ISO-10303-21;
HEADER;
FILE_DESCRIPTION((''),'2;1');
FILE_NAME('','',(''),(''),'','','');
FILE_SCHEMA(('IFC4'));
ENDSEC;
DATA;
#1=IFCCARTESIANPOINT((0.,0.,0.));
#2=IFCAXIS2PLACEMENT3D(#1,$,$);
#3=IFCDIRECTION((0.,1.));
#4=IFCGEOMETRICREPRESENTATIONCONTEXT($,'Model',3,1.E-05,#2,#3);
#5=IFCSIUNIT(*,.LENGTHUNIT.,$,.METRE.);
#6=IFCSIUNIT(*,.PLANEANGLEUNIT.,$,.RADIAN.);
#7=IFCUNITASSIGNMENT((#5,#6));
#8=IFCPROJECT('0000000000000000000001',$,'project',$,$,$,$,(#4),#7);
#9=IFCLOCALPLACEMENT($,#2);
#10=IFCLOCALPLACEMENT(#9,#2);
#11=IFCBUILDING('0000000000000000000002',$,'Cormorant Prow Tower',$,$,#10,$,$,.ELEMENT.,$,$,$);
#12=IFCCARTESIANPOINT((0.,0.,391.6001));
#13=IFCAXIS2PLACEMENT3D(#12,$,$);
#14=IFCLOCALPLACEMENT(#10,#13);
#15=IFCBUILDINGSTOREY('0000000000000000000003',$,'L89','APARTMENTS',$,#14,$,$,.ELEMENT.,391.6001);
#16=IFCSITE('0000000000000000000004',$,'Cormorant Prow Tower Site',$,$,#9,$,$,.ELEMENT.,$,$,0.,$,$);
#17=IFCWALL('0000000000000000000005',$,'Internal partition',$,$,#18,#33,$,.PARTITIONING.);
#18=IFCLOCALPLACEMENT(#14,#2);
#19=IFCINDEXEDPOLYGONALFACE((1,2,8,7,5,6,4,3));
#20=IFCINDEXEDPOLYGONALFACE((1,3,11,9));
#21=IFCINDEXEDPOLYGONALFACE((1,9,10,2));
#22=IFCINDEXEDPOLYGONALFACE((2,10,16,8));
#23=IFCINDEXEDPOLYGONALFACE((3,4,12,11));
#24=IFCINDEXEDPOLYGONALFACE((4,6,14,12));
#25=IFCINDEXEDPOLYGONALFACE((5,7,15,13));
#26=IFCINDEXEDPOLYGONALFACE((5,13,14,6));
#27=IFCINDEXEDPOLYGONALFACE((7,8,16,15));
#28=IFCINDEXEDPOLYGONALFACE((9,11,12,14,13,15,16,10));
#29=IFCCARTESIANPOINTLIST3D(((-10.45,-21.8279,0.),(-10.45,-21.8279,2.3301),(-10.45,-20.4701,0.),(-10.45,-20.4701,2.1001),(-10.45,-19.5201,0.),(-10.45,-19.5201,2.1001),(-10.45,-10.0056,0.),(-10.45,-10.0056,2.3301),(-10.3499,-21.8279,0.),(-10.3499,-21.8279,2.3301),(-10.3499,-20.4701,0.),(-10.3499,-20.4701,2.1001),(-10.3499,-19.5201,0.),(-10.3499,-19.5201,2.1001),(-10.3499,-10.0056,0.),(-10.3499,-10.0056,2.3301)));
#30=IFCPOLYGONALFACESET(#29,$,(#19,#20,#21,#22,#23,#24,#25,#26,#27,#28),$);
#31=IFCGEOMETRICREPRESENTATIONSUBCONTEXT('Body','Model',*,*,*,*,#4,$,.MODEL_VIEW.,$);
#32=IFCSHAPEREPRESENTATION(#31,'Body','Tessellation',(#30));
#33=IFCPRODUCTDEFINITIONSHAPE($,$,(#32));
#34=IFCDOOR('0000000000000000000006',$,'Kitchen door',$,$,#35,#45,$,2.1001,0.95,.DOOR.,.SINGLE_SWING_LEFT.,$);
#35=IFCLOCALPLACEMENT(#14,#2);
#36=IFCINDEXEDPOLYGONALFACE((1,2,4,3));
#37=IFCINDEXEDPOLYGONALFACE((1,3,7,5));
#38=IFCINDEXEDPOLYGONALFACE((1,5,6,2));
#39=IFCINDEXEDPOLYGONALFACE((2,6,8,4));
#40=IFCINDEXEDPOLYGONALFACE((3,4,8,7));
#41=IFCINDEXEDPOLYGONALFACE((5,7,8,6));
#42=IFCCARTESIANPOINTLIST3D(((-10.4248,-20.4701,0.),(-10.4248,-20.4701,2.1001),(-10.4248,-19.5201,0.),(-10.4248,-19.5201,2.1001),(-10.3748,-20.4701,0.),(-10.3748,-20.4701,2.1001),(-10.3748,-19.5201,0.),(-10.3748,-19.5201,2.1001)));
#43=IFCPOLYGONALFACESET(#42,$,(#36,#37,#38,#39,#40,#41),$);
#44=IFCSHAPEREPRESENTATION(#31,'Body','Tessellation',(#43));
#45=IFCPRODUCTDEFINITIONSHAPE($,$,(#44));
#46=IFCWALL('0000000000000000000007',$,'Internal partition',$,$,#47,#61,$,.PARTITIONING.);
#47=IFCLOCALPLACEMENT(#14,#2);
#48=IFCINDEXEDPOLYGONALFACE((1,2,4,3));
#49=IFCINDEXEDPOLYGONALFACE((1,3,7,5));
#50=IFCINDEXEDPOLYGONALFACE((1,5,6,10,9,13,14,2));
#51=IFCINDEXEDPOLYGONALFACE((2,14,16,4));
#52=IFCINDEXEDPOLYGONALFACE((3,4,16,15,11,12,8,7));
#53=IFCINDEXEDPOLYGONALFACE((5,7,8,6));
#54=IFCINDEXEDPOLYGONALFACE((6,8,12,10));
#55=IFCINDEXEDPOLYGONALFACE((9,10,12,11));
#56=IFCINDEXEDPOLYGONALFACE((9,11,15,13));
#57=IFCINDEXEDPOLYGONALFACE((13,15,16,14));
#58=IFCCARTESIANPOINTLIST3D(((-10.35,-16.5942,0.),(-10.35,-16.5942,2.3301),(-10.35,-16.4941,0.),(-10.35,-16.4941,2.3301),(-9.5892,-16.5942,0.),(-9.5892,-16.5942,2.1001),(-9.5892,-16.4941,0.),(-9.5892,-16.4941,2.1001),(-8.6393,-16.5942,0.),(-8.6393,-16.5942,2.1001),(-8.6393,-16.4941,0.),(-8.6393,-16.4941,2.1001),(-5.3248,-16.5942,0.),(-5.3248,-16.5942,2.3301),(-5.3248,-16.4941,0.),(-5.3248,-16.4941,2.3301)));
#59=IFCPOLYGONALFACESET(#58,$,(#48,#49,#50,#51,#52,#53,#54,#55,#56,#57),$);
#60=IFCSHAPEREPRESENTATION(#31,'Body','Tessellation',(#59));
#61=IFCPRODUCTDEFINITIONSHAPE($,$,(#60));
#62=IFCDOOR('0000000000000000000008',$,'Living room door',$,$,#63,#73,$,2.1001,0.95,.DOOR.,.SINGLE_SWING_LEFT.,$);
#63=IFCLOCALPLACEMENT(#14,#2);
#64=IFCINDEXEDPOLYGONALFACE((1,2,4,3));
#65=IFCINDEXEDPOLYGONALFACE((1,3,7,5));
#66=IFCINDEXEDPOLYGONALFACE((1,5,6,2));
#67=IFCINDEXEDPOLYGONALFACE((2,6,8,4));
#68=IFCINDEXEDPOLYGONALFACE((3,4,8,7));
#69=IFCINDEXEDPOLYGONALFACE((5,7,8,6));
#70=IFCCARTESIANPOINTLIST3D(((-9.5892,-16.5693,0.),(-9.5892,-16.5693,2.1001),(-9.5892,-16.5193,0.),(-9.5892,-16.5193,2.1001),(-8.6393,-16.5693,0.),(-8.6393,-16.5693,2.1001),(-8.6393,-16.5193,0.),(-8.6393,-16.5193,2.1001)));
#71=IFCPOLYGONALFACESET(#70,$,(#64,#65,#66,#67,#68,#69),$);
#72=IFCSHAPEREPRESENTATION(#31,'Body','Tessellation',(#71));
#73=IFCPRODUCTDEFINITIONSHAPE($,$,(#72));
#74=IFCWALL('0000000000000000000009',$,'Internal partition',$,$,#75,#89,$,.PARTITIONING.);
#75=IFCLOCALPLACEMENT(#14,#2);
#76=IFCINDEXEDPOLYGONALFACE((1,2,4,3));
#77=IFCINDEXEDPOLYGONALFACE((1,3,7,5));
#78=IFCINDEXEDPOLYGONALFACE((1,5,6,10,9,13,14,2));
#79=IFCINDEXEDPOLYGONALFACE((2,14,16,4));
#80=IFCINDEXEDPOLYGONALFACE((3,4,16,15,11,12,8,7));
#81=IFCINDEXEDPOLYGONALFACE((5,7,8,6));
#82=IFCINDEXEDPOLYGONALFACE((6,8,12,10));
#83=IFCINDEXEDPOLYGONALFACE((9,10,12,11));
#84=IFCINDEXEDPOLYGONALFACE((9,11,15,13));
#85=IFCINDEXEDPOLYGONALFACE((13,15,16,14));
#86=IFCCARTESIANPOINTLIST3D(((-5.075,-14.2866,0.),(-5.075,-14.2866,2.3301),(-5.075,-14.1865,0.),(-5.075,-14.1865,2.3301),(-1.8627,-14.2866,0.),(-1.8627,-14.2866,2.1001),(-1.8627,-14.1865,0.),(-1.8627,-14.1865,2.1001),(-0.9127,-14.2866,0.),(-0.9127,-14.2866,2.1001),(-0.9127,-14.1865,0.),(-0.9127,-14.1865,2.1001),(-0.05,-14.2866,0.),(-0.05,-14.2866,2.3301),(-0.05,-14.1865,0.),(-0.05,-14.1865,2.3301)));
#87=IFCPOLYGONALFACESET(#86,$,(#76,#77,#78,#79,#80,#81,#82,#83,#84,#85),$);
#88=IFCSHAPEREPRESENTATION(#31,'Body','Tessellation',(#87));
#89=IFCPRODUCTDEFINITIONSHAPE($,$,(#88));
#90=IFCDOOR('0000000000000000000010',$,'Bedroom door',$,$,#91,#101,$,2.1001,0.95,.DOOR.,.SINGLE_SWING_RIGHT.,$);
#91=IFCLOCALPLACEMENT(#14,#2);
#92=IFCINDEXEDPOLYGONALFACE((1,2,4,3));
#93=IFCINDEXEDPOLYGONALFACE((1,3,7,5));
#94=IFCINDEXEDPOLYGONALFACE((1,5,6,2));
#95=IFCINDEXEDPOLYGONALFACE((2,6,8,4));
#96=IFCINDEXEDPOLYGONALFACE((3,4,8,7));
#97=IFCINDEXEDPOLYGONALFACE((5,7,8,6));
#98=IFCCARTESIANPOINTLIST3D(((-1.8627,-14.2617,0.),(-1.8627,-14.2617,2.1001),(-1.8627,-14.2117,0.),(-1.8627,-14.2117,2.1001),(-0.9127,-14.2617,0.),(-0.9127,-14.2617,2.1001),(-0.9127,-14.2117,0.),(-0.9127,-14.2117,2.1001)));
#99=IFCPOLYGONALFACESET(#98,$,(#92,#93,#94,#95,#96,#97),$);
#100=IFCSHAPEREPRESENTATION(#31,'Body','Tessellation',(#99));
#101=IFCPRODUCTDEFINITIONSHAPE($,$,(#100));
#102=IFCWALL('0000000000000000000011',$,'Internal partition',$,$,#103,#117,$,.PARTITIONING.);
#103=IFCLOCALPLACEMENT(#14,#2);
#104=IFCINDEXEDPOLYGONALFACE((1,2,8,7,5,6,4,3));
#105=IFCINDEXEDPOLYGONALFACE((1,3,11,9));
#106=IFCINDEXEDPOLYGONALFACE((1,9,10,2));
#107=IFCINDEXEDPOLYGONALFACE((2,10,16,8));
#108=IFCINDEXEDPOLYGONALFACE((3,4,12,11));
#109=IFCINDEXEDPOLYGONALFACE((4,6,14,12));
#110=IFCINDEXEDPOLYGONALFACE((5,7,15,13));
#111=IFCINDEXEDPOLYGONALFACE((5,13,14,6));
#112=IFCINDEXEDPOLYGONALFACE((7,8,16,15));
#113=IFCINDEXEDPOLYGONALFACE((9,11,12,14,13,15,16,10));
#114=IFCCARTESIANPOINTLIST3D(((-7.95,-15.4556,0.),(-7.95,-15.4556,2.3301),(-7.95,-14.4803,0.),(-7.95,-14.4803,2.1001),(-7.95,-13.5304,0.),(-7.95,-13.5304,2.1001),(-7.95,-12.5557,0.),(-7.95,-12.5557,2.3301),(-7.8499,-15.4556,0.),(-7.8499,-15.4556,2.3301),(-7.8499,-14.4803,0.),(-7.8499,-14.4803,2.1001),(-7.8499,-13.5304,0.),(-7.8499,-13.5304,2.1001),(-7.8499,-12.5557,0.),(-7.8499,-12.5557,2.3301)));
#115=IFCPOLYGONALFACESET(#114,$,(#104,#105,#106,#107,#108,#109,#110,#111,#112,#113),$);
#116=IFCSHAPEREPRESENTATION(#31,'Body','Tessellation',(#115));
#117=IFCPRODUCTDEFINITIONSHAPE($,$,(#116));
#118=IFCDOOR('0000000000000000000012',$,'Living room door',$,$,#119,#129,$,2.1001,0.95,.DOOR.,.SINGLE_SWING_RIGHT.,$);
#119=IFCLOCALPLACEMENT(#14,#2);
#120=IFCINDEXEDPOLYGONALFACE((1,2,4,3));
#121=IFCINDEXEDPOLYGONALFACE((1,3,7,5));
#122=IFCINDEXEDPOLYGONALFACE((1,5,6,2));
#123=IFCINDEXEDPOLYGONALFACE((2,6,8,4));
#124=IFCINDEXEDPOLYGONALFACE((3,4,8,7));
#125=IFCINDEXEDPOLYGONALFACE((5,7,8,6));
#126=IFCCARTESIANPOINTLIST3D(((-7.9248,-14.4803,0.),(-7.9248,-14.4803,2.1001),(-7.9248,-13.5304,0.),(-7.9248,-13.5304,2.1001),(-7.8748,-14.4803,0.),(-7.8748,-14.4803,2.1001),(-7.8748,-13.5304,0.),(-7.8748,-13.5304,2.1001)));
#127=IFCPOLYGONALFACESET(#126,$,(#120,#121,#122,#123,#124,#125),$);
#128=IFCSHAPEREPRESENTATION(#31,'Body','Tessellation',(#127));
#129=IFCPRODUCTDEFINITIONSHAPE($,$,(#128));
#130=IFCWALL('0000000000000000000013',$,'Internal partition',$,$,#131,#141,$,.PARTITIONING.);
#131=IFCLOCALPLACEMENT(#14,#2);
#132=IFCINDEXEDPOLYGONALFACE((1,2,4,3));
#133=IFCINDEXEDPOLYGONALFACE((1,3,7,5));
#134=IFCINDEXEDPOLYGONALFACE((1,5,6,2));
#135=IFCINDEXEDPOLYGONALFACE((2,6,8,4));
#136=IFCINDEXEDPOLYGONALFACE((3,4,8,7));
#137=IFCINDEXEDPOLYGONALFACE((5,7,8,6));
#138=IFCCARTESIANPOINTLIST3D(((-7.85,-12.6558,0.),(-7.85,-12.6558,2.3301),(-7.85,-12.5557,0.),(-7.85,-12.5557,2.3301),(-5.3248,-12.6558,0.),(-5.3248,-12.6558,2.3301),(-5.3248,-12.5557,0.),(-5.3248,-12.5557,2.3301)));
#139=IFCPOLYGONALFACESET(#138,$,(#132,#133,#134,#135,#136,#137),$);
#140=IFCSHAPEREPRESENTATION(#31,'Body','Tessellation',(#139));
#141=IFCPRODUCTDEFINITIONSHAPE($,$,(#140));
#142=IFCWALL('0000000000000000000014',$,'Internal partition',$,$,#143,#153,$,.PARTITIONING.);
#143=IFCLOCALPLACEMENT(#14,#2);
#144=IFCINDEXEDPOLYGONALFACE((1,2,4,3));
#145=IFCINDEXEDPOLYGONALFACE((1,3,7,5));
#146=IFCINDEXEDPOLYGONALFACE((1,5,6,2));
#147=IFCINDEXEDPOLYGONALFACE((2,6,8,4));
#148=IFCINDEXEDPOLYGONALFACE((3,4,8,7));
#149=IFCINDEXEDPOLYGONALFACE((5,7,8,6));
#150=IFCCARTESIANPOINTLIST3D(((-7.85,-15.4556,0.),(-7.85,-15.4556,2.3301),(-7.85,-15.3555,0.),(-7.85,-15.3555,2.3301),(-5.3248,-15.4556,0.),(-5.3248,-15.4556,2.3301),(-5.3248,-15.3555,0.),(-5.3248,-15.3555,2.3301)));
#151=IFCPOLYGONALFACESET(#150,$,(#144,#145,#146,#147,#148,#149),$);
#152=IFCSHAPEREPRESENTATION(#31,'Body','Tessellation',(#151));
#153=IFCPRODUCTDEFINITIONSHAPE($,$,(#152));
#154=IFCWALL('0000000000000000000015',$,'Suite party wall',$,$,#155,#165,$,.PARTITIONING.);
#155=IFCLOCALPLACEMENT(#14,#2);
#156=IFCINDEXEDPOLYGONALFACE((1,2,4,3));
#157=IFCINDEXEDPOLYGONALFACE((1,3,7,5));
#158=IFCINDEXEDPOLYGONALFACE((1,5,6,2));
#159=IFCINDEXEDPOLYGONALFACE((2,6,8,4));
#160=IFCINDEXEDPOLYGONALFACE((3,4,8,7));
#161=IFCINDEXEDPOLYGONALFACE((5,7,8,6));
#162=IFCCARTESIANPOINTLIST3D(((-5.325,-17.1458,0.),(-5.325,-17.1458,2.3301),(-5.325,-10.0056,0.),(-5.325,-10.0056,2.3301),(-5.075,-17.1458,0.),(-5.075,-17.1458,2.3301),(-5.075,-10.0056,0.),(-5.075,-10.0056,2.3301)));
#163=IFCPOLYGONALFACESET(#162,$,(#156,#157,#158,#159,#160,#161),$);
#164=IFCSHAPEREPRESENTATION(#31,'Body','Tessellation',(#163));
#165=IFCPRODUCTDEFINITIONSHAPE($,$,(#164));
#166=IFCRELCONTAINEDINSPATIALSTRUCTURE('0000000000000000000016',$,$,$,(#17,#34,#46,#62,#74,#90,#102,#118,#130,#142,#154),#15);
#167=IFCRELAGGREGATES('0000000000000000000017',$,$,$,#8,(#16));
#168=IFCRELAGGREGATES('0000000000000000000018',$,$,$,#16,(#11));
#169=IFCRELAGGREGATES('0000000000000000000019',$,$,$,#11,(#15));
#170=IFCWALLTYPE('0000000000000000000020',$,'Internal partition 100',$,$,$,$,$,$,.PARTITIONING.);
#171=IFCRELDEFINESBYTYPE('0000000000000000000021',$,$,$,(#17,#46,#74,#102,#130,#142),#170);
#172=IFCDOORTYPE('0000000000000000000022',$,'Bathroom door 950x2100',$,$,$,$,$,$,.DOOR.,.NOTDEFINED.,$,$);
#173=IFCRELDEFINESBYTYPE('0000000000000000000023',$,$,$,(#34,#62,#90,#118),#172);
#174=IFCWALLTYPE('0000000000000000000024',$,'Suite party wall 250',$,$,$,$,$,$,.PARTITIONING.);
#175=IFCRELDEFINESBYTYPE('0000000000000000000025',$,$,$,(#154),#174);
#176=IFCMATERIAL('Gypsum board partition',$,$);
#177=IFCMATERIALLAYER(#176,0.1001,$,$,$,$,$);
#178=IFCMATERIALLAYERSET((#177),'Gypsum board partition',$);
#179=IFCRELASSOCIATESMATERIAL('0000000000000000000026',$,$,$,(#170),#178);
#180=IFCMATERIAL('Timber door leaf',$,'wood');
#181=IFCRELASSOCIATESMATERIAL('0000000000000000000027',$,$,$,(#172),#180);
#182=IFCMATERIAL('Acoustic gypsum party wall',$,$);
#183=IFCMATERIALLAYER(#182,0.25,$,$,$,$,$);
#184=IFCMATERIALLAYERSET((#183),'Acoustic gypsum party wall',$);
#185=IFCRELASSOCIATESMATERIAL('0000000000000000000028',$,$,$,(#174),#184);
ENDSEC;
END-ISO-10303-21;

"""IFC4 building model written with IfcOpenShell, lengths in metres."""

from ifc_helpers import new_model, si_unit, direction, frame, frame_2d, origin, place, context, subcontext, project, spatial, rectangle, extrude, material, layer, layer_set, type_object, element, fill, save


model = new_model("IFC4")

# Units and contexts
model_context = context("Model", 3, precision=1e-05, world=origin(), true_north=direction((0.0, 1.0)))
body_context = subcontext(model_context, "Body", "Model", "MODEL_VIEW")
ifc_project = project(units=[si_unit("LENGTHUNIT", "METRE"), si_unit("PLANEANGLEUNIT", "RADIAN")], contexts=[model_context])

# Site, building, storey
site_placement = place(None, origin())
site = spatial("IfcSite", under=ifc_project, at=site_placement, Name="Cormorant Prow Tower Site", CompositionType="ELEMENT", RefElevation=0.0)
building_placement = place(site_placement, origin())
building = spatial("IfcBuilding", under=site, at=building_placement, Name="Cormorant Prow Tower", CompositionType="ELEMENT")
storey_placement = place(building_placement, frame((0.0, 0.0, 391.6001)))
storey = spatial("IfcBuildingStorey", under=building, at=storey_placement, Name="L89", Description="APARTMENTS", CompositionType="ELEMENT", Elevation=391.6001)

# Walls, openings, doors
ifc_material_1 = material(Name="Gypsum board partition")
ifc_layer_1 = layer(ifc_material_1, 0.1001)
ifc_layer_set_1 = layer_set([ifc_layer_1], Name="Gypsum board partition")
wall_type_1 = type_object("IfcWallType", Name="Internal partition 100", PredefinedType="PARTITIONING", material=ifc_layer_set_1)
wall_1_placement = place(storey_placement, frame((-10.3999, -21.8279, 0.0), z_axis=(0.0, 0.0, 1.0), x_axis=(0.0, 1.0, 0.0)))
wall_1 = element("IfcWall", 1, at=wall_1_placement, inside=storey, type_object=wall_type_1, Name="Internal partition", PredefinedType="PARTITIONING", context=body_context, shape_type="SweptSolid", body=[
    extrude(rectangle(XDim=11.8223, YDim=0.1001, at=frame_2d((5.9111, 0.0))), origin(), (0.0, 0.0, 1.0), 2.3301),
])
opening_1_placement = place(wall_1_placement, frame((1.3577, 0.0, 0.0)))
opening_1 = element("IfcOpeningElement", 2, at=opening_1_placement, cuts=wall_1, PredefinedType="OPENING", context=body_context, shape_type="SweptSolid", body=[
    extrude(rectangle(XDim=0.95, YDim=2.1001, at=frame_2d((0.4751, 1.05))), frame((0.0, 0.0601, 0.0), z_axis=(0.0, -1.0, 0.0), x_axis=(1.0, 0.0, 0.0)), (0.0, 0.0, 1.0), 0.1201),
])
ifc_material_2 = material(Name="Timber door leaf", Category="wood")
door_type_1 = type_object("IfcDoorType", Name="Bathroom door 950x2100", OperationType="NOTDEFINED", PredefinedType="DOOR", material=ifc_material_2)
door_1_placement = place(opening_1_placement, origin())
door_1 = element("IfcDoor", 3, at=door_1_placement, inside=storey, type_object=door_type_1, Name="Kitchen door", OperationType="SINGLE_SWING_LEFT", OverallHeight=2.1001, OverallWidth=0.95, PredefinedType="DOOR", context=body_context, shape_type="SweptSolid", body=[
    extrude(rectangle(XDim=0.95, YDim=2.1001, at=frame_2d((0.4751, 1.05))), frame((0.0, 0.0249, 0.0), z_axis=(0.0, -1.0, 0.0), x_axis=(1.0, 0.0, 0.0)), (0.0, 0.0, 1.0), 0.05),
])
fill(opening_1, door_1)
wall_2_placement = place(storey_placement, frame((-10.3501, -16.5442, 0.0), z_axis=(0.0, 0.0, 1.0), x_axis=(1.0, 0.0, 0.0)))
wall_2 = element("IfcWall", 4, at=wall_2_placement, inside=storey, type_object=wall_type_1, Name="Internal partition", PredefinedType="PARTITIONING", context=body_context, shape_type="SweptSolid", body=[
    extrude(rectangle(XDim=5.0251, YDim=0.1001, at=frame_2d((2.5127, 0.0))), origin(), (0.0, 0.0, 1.0), 2.3301),
])
opening_2_placement = place(wall_2_placement, frame((0.7607, 0.0, 0.0)))
opening_2 = element("IfcOpeningElement", 5, at=opening_2_placement, cuts=wall_2, PredefinedType="OPENING", context=body_context, shape_type="SweptSolid", body=[
    extrude(rectangle(XDim=0.95, YDim=2.1001, at=frame_2d((0.4751, 1.05))), frame((0.0, 0.0601, 0.0), z_axis=(0.0, -1.0, 0.0), x_axis=(1.0, 0.0, 0.0)), (0.0, 0.0, 1.0), 0.1201),
])
door_2_placement = place(opening_2_placement, origin())
door_2 = element("IfcDoor", 6, at=door_2_placement, inside=storey, type_object=door_type_1, Name="Living room door", OperationType="SINGLE_SWING_LEFT", OverallHeight=2.1001, OverallWidth=0.95, PredefinedType="DOOR", context=body_context, shape_type="SweptSolid", body=[
    extrude(rectangle(XDim=0.95, YDim=2.1001, at=frame_2d((0.4751, 1.05))), frame((0.0, 0.0249, 0.0), z_axis=(0.0, -1.0, 0.0), x_axis=(1.0, 0.0, 0.0)), (0.0, 0.0, 1.0), 0.05),
])
fill(opening_2, door_2)
wall_3_placement = place(storey_placement, frame((-5.075, -14.2366, 0.0), z_axis=(0.0, 0.0, 1.0), x_axis=(1.0, 0.0, 0.0)))
wall_3 = element("IfcWall", 7, at=wall_3_placement, inside=storey, type_object=wall_type_1, Name="Internal partition", PredefinedType="PARTITIONING", context=body_context, shape_type="SweptSolid", body=[
    extrude(rectangle(XDim=5.0249, YDim=0.1001, at=frame_2d((2.5125, 0.0))), origin(), (0.0, 0.0, 1.0), 2.3301),
])
opening_3_placement = place(wall_3_placement, frame((3.2122, 0.0, 0.0)))
opening_3 = element("IfcOpeningElement", 8, at=opening_3_placement, cuts=wall_3, PredefinedType="OPENING", context=body_context, shape_type="SweptSolid", body=[
    extrude(rectangle(XDim=0.95, YDim=2.1001, at=frame_2d((0.4751, 1.05))), frame((0.0, 0.0601, 0.0), z_axis=(0.0, -1.0, 0.0), x_axis=(1.0, 0.0, 0.0)), (0.0, 0.0, 1.0), 0.1201),
])
door_3_placement = place(opening_3_placement, origin())
door_3 = element("IfcDoor", 9, at=door_3_placement, inside=storey, type_object=door_type_1, Name="Bedroom door", OperationType="SINGLE_SWING_RIGHT", OverallHeight=2.1001, OverallWidth=0.95, PredefinedType="DOOR", context=body_context, shape_type="SweptSolid", body=[
    extrude(rectangle(XDim=0.95, YDim=2.1001, at=frame_2d((0.4751, 1.05))), frame((0.0, 0.0249, 0.0), z_axis=(0.0, -1.0, 0.0), x_axis=(1.0, 0.0, 0.0)), (0.0, 0.0, 1.0), 0.05),
])
fill(opening_3, door_3)
wall_4_placement = place(storey_placement, frame((-7.8999, -15.4556, 0.0), z_axis=(0.0, 0.0, 1.0), x_axis=(0.0, 1.0, 0.0)))
wall_4 = element("IfcWall", 10, at=wall_4_placement, inside=storey, type_object=wall_type_1, Name="Internal partition", PredefinedType="PARTITIONING", context=body_context, shape_type="SweptSolid", body=[
    extrude(rectangle(XDim=2.8999, YDim=0.1001, at=frame_2d((1.45, 0.0))), origin(), (0.0, 0.0, 1.0), 2.3301),
])
opening_4_placement = place(wall_4_placement, frame((0.9751, 0.0, 0.0)))
opening_4 = element("IfcOpeningElement", 11, at=opening_4_placement, cuts=wall_4, PredefinedType="OPENING", context=body_context, shape_type="SweptSolid", body=[
    extrude(rectangle(XDim=0.95, YDim=2.1001, at=frame_2d((0.4751, 1.05))), frame((0.0, 0.0601, 0.0), z_axis=(0.0, -1.0, 0.0), x_axis=(1.0, 0.0, 0.0)), (0.0, 0.0, 1.0), 0.1201),
])
door_4_placement = place(opening_4_placement, origin())
door_4 = element("IfcDoor", 12, at=door_4_placement, inside=storey, type_object=door_type_1, Name="Living room door", OperationType="SINGLE_SWING_RIGHT", OverallHeight=2.1001, OverallWidth=0.95, PredefinedType="DOOR", context=body_context, shape_type="SweptSolid", body=[
    extrude(rectangle(XDim=0.95, YDim=2.1001, at=frame_2d((0.4751, 1.05))), frame((0.0, 0.0249, 0.0), z_axis=(0.0, -1.0, 0.0), x_axis=(1.0, 0.0, 0.0)), (0.0, 0.0, 1.0), 0.05),
])
fill(opening_4, door_4)

# Walls
for number, where, z_axis, x_axis, name in (
    (13, (-7.8501, -12.6057, 0.0), (0.0, 0.0, 1.0), (1.0, 0.0, 0.0), "Internal partition"),
    (14, (-7.8501, -15.4055, 0.0), (0.0, 0.0, 1.0), (1.0, 0.0, 0.0), "Internal partition"),
):
    element("IfcWall", number, at=place(storey_placement, frame(where, z_axis=z_axis, x_axis=x_axis)), inside=storey, type_object=wall_type_1, Name=name, PredefinedType="PARTITIONING", context=body_context, shape_type="SweptSolid", body=[
        extrude(rectangle(XDim=2.5251, YDim=0.1001, at=frame_2d((1.2627, 0.0))), origin(), (0.0, 0.0, 1.0), 2.3301),
    ])
ifc_material_3 = material(Name="Acoustic gypsum party wall")
ifc_layer_2 = layer(ifc_material_3, 0.25)
ifc_layer_set_2 = layer_set([ifc_layer_2], Name="Acoustic gypsum party wall")
wall_type_2 = type_object("IfcWallType", Name="Suite party wall 250", PredefinedType="PARTITIONING", material=ifc_layer_set_2)
wall_5_placement = place(storey_placement, frame((-5.2, -17.1458, 0.0), z_axis=(0.0, 0.0, 1.0), x_axis=(0.0, 1.0, 0.0)))
element("IfcWall", 15, at=wall_5_placement, inside=storey, type_object=wall_type_2, Name="Suite party wall", PredefinedType="PARTITIONING", context=body_context, shape_type="SweptSolid", body=[
    extrude(rectangle(XDim=7.1401, YDim=0.25, at=frame_2d((3.5701, 0.0))), origin(), (0.0, 0.0, 1.0), 2.3301),
])

save(model, "model.ifc")
